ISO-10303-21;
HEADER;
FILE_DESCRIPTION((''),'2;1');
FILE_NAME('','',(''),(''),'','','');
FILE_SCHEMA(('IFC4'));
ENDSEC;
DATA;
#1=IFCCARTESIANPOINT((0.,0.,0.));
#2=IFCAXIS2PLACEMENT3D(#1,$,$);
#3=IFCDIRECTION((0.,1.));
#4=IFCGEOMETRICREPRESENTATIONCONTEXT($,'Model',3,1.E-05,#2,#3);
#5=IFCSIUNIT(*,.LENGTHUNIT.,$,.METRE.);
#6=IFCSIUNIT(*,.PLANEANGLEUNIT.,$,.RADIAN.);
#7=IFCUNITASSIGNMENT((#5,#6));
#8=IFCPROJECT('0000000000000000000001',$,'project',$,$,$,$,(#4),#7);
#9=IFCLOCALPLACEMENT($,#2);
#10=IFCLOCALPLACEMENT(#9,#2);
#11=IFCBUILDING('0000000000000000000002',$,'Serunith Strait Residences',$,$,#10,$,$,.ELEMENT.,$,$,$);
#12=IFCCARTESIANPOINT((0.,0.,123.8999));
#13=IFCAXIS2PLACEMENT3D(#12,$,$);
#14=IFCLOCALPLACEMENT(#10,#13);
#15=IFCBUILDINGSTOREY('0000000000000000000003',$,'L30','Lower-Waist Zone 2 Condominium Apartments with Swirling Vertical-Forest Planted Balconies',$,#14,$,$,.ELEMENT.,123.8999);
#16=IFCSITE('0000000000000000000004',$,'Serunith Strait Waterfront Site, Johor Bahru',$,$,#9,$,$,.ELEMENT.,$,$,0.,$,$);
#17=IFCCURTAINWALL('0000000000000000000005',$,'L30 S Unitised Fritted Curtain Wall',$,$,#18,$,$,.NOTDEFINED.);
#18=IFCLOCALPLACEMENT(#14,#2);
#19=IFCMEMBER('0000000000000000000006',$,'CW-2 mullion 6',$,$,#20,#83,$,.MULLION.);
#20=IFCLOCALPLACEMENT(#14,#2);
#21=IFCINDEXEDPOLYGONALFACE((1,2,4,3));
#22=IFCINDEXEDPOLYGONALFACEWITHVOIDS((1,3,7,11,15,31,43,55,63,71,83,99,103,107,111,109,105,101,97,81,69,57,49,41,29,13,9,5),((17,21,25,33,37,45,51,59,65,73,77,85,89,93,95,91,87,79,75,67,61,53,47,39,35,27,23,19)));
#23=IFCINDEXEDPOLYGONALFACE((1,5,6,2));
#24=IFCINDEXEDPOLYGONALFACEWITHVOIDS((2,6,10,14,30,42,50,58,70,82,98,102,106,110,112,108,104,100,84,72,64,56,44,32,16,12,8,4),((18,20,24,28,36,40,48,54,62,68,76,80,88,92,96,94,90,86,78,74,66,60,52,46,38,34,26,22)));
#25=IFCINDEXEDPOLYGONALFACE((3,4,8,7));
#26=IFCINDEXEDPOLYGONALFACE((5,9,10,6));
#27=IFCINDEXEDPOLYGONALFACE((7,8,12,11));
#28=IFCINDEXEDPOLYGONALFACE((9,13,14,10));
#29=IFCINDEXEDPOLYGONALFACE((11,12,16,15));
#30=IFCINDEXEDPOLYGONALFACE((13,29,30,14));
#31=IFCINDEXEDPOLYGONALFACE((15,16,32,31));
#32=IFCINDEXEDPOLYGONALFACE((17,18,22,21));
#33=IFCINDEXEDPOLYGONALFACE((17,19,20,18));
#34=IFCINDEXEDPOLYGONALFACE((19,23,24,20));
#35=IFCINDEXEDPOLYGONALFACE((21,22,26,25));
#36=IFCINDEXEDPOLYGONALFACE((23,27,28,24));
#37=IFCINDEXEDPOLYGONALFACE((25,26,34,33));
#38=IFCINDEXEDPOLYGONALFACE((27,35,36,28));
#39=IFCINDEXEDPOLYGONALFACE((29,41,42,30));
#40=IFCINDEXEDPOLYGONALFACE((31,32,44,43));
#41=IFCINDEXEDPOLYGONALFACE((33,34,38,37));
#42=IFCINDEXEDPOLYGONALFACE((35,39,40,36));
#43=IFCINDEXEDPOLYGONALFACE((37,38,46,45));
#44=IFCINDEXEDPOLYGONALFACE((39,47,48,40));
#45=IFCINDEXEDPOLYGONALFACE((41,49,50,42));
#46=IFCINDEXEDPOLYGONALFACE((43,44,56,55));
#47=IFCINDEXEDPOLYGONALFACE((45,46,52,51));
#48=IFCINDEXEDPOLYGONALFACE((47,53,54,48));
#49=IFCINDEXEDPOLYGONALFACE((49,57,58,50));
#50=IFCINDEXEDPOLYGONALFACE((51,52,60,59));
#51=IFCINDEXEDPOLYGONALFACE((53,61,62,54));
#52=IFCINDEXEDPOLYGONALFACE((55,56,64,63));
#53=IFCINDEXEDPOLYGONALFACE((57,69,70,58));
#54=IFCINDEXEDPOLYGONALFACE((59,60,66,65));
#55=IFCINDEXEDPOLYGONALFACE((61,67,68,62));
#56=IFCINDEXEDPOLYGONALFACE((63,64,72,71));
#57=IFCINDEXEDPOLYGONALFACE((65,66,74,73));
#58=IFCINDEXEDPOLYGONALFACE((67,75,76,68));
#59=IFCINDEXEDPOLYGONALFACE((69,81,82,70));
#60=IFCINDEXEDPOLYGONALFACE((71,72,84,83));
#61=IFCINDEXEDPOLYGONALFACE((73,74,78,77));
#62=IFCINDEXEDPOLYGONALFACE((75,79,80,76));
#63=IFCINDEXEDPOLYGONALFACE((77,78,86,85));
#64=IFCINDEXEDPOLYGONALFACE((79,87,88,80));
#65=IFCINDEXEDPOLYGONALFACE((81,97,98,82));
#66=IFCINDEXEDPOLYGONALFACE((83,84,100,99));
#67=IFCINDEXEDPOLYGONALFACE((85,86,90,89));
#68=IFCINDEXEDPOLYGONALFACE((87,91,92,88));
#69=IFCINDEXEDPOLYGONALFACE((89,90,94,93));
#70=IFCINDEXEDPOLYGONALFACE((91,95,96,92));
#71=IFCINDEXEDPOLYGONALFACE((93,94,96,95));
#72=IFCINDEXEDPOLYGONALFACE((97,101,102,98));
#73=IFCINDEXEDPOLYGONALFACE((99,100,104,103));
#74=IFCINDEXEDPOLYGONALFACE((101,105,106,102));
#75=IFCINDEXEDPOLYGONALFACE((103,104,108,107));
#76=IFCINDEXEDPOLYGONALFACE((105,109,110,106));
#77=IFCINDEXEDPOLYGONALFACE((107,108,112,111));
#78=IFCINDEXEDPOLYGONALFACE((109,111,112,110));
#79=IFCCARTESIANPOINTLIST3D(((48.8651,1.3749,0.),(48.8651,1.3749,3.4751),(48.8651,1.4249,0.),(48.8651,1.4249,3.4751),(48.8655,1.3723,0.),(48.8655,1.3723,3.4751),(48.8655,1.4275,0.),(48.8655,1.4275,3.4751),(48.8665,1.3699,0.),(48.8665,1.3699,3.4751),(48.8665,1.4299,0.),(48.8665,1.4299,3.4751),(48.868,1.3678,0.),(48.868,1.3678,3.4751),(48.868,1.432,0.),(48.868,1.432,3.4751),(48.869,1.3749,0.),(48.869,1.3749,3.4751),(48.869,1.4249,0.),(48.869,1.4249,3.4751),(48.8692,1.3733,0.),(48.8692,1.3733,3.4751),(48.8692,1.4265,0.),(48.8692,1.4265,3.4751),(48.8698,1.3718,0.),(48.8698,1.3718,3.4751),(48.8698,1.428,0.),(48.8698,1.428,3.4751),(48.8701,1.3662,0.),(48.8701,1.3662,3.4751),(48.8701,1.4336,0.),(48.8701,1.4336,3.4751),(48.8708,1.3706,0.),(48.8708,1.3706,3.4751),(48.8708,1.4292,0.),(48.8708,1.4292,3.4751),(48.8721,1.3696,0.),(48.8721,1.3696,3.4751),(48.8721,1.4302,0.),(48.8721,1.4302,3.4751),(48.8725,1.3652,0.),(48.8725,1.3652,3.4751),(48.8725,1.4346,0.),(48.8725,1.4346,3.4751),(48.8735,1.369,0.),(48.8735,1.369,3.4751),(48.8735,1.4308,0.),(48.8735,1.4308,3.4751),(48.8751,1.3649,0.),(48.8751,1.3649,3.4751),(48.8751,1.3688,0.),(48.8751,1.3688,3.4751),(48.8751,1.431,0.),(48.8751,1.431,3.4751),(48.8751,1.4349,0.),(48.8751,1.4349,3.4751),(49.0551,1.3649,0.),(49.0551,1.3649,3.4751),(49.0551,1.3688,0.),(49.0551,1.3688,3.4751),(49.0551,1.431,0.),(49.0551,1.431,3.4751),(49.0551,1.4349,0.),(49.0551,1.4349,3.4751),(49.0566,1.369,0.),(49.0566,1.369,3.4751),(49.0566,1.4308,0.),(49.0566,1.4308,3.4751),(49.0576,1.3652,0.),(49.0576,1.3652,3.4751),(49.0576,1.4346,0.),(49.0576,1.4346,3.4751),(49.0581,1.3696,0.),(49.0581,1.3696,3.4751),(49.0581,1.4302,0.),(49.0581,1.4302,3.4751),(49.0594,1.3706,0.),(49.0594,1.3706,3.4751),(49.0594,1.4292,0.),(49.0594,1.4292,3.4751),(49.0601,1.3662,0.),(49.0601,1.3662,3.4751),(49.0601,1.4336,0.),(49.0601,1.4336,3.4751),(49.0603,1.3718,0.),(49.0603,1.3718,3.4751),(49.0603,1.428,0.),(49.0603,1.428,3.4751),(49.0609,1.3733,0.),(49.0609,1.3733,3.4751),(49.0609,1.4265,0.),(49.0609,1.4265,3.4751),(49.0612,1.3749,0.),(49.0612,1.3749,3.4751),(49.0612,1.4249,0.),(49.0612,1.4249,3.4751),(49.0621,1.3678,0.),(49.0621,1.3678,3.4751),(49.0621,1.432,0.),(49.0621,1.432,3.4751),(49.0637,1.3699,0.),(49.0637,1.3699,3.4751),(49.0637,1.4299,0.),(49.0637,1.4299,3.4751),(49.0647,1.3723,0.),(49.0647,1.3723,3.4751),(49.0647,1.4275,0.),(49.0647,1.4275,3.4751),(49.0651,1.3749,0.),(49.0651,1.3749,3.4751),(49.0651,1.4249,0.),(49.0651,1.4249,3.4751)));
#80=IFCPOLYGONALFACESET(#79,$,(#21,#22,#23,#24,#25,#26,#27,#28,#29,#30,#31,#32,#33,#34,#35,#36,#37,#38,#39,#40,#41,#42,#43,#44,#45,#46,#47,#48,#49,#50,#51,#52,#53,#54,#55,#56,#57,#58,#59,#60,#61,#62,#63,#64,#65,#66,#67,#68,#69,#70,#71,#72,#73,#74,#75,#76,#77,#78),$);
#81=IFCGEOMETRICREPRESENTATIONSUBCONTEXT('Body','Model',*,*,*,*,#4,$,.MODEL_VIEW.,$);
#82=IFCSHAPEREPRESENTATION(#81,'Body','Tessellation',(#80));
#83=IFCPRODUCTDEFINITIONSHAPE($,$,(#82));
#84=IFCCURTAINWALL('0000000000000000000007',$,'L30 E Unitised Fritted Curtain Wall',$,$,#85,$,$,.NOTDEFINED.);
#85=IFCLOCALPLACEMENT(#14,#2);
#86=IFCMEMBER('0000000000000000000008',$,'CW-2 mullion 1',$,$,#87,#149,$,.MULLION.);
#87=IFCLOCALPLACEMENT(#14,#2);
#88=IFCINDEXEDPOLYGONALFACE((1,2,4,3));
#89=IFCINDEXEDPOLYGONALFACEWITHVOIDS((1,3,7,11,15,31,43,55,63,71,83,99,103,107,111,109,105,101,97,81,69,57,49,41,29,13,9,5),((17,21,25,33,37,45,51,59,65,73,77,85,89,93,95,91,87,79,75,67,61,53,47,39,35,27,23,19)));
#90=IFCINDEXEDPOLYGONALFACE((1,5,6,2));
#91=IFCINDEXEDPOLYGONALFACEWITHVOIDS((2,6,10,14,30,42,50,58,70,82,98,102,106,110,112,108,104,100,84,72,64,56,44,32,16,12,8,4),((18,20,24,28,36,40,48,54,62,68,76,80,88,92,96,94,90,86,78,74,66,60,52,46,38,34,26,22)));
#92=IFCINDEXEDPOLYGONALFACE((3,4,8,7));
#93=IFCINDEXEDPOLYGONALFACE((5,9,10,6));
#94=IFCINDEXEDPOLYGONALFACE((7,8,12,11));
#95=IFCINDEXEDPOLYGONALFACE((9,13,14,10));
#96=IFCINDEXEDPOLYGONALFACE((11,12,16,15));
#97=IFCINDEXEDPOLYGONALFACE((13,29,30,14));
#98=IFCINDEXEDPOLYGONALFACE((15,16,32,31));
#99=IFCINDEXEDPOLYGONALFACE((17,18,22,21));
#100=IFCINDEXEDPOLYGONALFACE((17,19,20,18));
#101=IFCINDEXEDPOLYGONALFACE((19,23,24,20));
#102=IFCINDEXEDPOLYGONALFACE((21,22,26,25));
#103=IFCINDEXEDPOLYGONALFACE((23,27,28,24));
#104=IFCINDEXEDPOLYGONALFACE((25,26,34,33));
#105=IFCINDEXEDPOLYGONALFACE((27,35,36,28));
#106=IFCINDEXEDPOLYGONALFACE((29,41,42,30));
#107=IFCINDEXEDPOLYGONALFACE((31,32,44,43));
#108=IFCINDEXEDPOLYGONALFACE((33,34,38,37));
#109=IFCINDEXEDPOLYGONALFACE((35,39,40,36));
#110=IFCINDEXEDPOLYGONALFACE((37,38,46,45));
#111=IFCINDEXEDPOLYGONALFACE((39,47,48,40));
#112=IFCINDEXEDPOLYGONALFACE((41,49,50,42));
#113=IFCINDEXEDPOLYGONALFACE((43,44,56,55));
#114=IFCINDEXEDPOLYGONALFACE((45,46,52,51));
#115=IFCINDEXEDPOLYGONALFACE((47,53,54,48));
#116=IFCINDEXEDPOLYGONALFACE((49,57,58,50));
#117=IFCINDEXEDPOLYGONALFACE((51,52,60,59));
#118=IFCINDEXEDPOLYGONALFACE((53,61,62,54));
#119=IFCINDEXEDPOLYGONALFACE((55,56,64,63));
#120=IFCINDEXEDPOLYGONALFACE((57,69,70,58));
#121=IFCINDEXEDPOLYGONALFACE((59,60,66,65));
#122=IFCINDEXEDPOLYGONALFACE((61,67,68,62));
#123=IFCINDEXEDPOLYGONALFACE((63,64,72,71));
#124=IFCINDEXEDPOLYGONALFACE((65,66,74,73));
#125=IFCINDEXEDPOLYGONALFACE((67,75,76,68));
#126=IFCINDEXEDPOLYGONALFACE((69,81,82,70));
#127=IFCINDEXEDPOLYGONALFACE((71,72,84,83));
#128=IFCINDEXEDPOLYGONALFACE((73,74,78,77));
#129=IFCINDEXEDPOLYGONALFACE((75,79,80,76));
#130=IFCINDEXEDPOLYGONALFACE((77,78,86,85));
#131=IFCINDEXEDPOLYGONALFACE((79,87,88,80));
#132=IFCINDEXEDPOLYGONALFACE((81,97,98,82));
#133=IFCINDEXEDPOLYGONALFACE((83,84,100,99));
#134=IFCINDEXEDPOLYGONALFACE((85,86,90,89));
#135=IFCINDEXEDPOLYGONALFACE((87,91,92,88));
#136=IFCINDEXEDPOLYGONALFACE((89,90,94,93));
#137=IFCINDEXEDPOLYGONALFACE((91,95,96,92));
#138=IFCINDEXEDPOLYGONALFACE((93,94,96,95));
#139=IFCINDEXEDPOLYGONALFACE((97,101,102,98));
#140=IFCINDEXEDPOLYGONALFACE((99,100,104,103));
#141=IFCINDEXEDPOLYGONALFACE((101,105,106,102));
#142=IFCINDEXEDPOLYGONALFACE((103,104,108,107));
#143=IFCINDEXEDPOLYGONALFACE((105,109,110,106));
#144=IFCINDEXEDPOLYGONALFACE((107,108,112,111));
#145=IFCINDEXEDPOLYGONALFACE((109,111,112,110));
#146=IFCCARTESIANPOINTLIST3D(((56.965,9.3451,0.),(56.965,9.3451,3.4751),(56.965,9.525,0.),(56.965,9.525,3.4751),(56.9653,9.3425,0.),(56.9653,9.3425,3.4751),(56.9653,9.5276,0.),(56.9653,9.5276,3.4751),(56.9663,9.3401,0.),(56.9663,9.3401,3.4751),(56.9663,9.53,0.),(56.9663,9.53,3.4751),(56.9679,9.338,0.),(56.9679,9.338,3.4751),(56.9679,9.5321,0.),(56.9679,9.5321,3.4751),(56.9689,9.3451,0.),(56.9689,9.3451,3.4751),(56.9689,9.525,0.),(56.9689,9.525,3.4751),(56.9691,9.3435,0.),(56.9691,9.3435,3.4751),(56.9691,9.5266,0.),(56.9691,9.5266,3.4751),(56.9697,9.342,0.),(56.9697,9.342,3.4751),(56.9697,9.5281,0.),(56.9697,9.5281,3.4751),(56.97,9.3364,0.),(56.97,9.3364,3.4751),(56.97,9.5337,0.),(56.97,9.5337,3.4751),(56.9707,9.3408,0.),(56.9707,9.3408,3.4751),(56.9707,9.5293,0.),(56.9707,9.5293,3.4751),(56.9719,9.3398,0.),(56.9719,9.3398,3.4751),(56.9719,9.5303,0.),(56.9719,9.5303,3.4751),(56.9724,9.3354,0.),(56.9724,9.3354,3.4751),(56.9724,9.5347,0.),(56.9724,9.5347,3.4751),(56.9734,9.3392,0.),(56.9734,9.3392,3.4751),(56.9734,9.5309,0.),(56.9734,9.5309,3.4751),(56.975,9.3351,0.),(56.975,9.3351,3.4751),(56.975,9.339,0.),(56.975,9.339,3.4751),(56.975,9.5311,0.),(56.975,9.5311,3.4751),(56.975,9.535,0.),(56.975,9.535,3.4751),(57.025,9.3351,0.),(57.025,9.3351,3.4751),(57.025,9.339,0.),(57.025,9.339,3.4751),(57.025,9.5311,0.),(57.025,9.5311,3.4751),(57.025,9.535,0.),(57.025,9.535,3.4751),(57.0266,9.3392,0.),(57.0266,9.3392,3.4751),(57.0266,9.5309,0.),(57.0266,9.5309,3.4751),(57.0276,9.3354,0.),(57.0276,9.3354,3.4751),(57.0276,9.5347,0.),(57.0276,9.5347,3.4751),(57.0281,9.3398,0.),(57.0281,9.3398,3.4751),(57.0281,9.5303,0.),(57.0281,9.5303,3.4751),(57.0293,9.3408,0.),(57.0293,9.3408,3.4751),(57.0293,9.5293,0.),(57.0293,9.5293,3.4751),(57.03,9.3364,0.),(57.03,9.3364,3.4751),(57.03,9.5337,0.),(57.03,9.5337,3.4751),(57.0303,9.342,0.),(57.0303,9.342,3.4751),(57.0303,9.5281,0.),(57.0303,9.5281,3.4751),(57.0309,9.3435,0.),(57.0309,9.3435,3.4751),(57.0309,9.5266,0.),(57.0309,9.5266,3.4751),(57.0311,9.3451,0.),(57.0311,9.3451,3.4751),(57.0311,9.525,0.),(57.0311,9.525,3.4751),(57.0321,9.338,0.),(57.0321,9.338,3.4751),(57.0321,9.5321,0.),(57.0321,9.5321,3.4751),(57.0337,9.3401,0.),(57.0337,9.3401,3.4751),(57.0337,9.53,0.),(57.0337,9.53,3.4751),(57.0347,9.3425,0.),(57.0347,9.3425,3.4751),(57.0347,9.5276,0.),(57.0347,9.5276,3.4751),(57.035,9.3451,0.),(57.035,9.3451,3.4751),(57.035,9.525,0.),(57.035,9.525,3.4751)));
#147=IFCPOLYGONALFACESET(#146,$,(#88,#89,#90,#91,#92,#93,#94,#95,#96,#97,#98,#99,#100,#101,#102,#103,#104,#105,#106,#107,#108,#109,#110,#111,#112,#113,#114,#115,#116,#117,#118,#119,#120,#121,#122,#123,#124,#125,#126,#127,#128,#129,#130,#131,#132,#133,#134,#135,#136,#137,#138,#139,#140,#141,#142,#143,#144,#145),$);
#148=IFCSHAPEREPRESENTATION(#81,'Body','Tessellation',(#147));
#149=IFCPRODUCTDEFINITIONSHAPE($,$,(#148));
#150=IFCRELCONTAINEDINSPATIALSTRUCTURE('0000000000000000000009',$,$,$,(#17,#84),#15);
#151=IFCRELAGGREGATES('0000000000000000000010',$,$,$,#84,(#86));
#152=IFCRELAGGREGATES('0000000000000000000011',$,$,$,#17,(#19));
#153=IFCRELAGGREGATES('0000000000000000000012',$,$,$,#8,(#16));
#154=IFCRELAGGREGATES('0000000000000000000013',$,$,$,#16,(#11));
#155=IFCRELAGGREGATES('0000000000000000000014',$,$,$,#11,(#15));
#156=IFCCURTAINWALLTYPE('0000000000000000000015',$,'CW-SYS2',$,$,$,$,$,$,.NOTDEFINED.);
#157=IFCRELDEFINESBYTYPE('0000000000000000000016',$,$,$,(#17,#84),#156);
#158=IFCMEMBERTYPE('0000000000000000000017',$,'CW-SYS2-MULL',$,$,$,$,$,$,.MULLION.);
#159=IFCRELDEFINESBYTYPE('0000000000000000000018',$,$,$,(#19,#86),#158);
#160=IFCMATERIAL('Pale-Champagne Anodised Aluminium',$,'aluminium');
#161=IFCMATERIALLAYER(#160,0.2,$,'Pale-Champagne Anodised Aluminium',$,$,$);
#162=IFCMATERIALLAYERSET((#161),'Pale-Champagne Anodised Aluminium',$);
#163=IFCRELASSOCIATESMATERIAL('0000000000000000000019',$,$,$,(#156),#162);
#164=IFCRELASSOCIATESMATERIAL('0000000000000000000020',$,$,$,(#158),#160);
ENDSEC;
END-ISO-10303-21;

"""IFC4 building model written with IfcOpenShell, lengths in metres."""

from ifc_helpers import new_model, si_unit, direction, frame, origin, origin_2d, place, context, subcontext, project, spatial, hollow_rectangle, extrude, source, transform, mapped, material, layer, layer_set, material_profile, profile_set, type_object, element, aggregate, save


model = new_model("IFC4")

# Units and contexts
model_context = context("Model", 3, precision=1e-05, world=origin(), true_north=direction((0.0, 1.0)))
body_context = subcontext(model_context, "Body", "Model", "MODEL_VIEW")
ifc_project = project(units=[si_unit("LENGTHUNIT", "METRE"), si_unit("PLANEANGLEUNIT", "RADIAN")], contexts=[model_context])

# Site, building, storey
site_placement = place(None, origin())
site = spatial("IfcSite", under=ifc_project, at=site_placement, Name="Serunith Strait Waterfront Site, Johor Bahru", CompositionType="ELEMENT", RefElevation=0.0)
building_placement = place(site_placement, origin())
building = spatial("IfcBuilding", under=site, at=building_placement, Name="Serunith Strait Residences", CompositionType="ELEMENT")
storey_placement = place(building_placement, frame((0.0, 0.0, 123.8999)))
storey = spatial("IfcBuildingStorey", under=building, at=storey_placement, Name="L30", Description="Lower-Waist Zone 2 Condominium Apartments with Swirling Vertical-Forest Planted Balconies", CompositionType="ELEMENT", Elevation=123.8999)

# Curtain wall, member
ifc_material_1 = material(Name="Pale-Champagne Anodised Aluminium", Category="aluminium")
ifc_layer_1 = layer(ifc_material_1, 0.2, Name="Pale-Champagne Anodised Aluminium")
ifc_layer_set_1 = layer_set([ifc_layer_1], Name="Pale-Champagne Anodised Aluminium")
curtain_wall_type = type_object("IfcCurtainWallType", Name="CW-SYS2", PredefinedType="NOTDEFINED", material=ifc_layer_set_1)
curtain_wall_1_placement = place(storey_placement, origin())
curtain_wall_1 = element("IfcCurtainWall", 1, at=curtain_wall_1_placement, inside=storey, type_object=curtain_wall_type, Name="L30 S Unitised Fritted Curtain Wall", PredefinedType="NOTDEFINED")
ifc_material_profile_1 = material_profile(ifc_material_1, hollow_rectangle(XDim=0.0701, YDim=0.2, WallThickness=0.0039, InnerFilletRadius=0.0061, OuterFilletRadius=0.01, at=origin_2d()), Name="ALU 200x70x4")
ifc_profile_set_1 = profile_set([ifc_material_profile_1], Name="Pale-Champagne Anodised Aluminium")
member_type_1 = type_object("IfcMemberType", Name="CW-SYS2-MULL", PredefinedType="MULLION", material=ifc_profile_set_1)
shared_shape_1 = source(origin(), body_context, "Body", "SweptSolid", [
    extrude(hollow_rectangle(XDim=0.0701, YDim=0.2, WallThickness=0.0039, InnerFilletRadius=0.0061, OuterFilletRadius=0.01, at=origin_2d()), origin(), (0.0, 0.0, 1.0), 3.4751),
])
member_1_placement = place(storey_placement, frame((48.9651, 1.3999, 0.0), z_axis=(0.0, 0.0, 1.0), x_axis=(0.0, 1.0, 0.0)))
member_1 = element("IfcMember", 2, at=member_1_placement, type_object=member_type_1, Name="CW-2 mullion 6", PredefinedType="MULLION", context=body_context, shape_type="MappedRepresentation", body=[
    mapped(shared_shape_1, transform((0.0, 0.0, 0.0), scale=1.0)),
])

# Curtain wall, member
curtain_wall_2_placement = place(storey_placement, origin())
curtain_wall_2 = element("IfcCurtainWall", 3, at=curtain_wall_2_placement, inside=storey, type_object=curtain_wall_type, Name="L30 E Unitised Fritted Curtain Wall", PredefinedType="NOTDEFINED")
member_2_placement = place(storey_placement, frame((57.0, 9.4351, 0.0), z_axis=(0.0, 0.0, 1.0), x_axis=(-1.0, 0.0, 0.0)))
member_2 = element("IfcMember", 4, at=member_2_placement, type_object=member_type_1, Name="CW-2 mullion 1", PredefinedType="MULLION", context=body_context, shape_type="MappedRepresentation", body=[
    mapped(shared_shape_1, transform((0.0, 0.0, 0.0), scale=1.0)),
])
aggregate(curtain_wall_2, [member_2])

aggregate(curtain_wall_1, [member_1])

save(model, "model.ifc")
